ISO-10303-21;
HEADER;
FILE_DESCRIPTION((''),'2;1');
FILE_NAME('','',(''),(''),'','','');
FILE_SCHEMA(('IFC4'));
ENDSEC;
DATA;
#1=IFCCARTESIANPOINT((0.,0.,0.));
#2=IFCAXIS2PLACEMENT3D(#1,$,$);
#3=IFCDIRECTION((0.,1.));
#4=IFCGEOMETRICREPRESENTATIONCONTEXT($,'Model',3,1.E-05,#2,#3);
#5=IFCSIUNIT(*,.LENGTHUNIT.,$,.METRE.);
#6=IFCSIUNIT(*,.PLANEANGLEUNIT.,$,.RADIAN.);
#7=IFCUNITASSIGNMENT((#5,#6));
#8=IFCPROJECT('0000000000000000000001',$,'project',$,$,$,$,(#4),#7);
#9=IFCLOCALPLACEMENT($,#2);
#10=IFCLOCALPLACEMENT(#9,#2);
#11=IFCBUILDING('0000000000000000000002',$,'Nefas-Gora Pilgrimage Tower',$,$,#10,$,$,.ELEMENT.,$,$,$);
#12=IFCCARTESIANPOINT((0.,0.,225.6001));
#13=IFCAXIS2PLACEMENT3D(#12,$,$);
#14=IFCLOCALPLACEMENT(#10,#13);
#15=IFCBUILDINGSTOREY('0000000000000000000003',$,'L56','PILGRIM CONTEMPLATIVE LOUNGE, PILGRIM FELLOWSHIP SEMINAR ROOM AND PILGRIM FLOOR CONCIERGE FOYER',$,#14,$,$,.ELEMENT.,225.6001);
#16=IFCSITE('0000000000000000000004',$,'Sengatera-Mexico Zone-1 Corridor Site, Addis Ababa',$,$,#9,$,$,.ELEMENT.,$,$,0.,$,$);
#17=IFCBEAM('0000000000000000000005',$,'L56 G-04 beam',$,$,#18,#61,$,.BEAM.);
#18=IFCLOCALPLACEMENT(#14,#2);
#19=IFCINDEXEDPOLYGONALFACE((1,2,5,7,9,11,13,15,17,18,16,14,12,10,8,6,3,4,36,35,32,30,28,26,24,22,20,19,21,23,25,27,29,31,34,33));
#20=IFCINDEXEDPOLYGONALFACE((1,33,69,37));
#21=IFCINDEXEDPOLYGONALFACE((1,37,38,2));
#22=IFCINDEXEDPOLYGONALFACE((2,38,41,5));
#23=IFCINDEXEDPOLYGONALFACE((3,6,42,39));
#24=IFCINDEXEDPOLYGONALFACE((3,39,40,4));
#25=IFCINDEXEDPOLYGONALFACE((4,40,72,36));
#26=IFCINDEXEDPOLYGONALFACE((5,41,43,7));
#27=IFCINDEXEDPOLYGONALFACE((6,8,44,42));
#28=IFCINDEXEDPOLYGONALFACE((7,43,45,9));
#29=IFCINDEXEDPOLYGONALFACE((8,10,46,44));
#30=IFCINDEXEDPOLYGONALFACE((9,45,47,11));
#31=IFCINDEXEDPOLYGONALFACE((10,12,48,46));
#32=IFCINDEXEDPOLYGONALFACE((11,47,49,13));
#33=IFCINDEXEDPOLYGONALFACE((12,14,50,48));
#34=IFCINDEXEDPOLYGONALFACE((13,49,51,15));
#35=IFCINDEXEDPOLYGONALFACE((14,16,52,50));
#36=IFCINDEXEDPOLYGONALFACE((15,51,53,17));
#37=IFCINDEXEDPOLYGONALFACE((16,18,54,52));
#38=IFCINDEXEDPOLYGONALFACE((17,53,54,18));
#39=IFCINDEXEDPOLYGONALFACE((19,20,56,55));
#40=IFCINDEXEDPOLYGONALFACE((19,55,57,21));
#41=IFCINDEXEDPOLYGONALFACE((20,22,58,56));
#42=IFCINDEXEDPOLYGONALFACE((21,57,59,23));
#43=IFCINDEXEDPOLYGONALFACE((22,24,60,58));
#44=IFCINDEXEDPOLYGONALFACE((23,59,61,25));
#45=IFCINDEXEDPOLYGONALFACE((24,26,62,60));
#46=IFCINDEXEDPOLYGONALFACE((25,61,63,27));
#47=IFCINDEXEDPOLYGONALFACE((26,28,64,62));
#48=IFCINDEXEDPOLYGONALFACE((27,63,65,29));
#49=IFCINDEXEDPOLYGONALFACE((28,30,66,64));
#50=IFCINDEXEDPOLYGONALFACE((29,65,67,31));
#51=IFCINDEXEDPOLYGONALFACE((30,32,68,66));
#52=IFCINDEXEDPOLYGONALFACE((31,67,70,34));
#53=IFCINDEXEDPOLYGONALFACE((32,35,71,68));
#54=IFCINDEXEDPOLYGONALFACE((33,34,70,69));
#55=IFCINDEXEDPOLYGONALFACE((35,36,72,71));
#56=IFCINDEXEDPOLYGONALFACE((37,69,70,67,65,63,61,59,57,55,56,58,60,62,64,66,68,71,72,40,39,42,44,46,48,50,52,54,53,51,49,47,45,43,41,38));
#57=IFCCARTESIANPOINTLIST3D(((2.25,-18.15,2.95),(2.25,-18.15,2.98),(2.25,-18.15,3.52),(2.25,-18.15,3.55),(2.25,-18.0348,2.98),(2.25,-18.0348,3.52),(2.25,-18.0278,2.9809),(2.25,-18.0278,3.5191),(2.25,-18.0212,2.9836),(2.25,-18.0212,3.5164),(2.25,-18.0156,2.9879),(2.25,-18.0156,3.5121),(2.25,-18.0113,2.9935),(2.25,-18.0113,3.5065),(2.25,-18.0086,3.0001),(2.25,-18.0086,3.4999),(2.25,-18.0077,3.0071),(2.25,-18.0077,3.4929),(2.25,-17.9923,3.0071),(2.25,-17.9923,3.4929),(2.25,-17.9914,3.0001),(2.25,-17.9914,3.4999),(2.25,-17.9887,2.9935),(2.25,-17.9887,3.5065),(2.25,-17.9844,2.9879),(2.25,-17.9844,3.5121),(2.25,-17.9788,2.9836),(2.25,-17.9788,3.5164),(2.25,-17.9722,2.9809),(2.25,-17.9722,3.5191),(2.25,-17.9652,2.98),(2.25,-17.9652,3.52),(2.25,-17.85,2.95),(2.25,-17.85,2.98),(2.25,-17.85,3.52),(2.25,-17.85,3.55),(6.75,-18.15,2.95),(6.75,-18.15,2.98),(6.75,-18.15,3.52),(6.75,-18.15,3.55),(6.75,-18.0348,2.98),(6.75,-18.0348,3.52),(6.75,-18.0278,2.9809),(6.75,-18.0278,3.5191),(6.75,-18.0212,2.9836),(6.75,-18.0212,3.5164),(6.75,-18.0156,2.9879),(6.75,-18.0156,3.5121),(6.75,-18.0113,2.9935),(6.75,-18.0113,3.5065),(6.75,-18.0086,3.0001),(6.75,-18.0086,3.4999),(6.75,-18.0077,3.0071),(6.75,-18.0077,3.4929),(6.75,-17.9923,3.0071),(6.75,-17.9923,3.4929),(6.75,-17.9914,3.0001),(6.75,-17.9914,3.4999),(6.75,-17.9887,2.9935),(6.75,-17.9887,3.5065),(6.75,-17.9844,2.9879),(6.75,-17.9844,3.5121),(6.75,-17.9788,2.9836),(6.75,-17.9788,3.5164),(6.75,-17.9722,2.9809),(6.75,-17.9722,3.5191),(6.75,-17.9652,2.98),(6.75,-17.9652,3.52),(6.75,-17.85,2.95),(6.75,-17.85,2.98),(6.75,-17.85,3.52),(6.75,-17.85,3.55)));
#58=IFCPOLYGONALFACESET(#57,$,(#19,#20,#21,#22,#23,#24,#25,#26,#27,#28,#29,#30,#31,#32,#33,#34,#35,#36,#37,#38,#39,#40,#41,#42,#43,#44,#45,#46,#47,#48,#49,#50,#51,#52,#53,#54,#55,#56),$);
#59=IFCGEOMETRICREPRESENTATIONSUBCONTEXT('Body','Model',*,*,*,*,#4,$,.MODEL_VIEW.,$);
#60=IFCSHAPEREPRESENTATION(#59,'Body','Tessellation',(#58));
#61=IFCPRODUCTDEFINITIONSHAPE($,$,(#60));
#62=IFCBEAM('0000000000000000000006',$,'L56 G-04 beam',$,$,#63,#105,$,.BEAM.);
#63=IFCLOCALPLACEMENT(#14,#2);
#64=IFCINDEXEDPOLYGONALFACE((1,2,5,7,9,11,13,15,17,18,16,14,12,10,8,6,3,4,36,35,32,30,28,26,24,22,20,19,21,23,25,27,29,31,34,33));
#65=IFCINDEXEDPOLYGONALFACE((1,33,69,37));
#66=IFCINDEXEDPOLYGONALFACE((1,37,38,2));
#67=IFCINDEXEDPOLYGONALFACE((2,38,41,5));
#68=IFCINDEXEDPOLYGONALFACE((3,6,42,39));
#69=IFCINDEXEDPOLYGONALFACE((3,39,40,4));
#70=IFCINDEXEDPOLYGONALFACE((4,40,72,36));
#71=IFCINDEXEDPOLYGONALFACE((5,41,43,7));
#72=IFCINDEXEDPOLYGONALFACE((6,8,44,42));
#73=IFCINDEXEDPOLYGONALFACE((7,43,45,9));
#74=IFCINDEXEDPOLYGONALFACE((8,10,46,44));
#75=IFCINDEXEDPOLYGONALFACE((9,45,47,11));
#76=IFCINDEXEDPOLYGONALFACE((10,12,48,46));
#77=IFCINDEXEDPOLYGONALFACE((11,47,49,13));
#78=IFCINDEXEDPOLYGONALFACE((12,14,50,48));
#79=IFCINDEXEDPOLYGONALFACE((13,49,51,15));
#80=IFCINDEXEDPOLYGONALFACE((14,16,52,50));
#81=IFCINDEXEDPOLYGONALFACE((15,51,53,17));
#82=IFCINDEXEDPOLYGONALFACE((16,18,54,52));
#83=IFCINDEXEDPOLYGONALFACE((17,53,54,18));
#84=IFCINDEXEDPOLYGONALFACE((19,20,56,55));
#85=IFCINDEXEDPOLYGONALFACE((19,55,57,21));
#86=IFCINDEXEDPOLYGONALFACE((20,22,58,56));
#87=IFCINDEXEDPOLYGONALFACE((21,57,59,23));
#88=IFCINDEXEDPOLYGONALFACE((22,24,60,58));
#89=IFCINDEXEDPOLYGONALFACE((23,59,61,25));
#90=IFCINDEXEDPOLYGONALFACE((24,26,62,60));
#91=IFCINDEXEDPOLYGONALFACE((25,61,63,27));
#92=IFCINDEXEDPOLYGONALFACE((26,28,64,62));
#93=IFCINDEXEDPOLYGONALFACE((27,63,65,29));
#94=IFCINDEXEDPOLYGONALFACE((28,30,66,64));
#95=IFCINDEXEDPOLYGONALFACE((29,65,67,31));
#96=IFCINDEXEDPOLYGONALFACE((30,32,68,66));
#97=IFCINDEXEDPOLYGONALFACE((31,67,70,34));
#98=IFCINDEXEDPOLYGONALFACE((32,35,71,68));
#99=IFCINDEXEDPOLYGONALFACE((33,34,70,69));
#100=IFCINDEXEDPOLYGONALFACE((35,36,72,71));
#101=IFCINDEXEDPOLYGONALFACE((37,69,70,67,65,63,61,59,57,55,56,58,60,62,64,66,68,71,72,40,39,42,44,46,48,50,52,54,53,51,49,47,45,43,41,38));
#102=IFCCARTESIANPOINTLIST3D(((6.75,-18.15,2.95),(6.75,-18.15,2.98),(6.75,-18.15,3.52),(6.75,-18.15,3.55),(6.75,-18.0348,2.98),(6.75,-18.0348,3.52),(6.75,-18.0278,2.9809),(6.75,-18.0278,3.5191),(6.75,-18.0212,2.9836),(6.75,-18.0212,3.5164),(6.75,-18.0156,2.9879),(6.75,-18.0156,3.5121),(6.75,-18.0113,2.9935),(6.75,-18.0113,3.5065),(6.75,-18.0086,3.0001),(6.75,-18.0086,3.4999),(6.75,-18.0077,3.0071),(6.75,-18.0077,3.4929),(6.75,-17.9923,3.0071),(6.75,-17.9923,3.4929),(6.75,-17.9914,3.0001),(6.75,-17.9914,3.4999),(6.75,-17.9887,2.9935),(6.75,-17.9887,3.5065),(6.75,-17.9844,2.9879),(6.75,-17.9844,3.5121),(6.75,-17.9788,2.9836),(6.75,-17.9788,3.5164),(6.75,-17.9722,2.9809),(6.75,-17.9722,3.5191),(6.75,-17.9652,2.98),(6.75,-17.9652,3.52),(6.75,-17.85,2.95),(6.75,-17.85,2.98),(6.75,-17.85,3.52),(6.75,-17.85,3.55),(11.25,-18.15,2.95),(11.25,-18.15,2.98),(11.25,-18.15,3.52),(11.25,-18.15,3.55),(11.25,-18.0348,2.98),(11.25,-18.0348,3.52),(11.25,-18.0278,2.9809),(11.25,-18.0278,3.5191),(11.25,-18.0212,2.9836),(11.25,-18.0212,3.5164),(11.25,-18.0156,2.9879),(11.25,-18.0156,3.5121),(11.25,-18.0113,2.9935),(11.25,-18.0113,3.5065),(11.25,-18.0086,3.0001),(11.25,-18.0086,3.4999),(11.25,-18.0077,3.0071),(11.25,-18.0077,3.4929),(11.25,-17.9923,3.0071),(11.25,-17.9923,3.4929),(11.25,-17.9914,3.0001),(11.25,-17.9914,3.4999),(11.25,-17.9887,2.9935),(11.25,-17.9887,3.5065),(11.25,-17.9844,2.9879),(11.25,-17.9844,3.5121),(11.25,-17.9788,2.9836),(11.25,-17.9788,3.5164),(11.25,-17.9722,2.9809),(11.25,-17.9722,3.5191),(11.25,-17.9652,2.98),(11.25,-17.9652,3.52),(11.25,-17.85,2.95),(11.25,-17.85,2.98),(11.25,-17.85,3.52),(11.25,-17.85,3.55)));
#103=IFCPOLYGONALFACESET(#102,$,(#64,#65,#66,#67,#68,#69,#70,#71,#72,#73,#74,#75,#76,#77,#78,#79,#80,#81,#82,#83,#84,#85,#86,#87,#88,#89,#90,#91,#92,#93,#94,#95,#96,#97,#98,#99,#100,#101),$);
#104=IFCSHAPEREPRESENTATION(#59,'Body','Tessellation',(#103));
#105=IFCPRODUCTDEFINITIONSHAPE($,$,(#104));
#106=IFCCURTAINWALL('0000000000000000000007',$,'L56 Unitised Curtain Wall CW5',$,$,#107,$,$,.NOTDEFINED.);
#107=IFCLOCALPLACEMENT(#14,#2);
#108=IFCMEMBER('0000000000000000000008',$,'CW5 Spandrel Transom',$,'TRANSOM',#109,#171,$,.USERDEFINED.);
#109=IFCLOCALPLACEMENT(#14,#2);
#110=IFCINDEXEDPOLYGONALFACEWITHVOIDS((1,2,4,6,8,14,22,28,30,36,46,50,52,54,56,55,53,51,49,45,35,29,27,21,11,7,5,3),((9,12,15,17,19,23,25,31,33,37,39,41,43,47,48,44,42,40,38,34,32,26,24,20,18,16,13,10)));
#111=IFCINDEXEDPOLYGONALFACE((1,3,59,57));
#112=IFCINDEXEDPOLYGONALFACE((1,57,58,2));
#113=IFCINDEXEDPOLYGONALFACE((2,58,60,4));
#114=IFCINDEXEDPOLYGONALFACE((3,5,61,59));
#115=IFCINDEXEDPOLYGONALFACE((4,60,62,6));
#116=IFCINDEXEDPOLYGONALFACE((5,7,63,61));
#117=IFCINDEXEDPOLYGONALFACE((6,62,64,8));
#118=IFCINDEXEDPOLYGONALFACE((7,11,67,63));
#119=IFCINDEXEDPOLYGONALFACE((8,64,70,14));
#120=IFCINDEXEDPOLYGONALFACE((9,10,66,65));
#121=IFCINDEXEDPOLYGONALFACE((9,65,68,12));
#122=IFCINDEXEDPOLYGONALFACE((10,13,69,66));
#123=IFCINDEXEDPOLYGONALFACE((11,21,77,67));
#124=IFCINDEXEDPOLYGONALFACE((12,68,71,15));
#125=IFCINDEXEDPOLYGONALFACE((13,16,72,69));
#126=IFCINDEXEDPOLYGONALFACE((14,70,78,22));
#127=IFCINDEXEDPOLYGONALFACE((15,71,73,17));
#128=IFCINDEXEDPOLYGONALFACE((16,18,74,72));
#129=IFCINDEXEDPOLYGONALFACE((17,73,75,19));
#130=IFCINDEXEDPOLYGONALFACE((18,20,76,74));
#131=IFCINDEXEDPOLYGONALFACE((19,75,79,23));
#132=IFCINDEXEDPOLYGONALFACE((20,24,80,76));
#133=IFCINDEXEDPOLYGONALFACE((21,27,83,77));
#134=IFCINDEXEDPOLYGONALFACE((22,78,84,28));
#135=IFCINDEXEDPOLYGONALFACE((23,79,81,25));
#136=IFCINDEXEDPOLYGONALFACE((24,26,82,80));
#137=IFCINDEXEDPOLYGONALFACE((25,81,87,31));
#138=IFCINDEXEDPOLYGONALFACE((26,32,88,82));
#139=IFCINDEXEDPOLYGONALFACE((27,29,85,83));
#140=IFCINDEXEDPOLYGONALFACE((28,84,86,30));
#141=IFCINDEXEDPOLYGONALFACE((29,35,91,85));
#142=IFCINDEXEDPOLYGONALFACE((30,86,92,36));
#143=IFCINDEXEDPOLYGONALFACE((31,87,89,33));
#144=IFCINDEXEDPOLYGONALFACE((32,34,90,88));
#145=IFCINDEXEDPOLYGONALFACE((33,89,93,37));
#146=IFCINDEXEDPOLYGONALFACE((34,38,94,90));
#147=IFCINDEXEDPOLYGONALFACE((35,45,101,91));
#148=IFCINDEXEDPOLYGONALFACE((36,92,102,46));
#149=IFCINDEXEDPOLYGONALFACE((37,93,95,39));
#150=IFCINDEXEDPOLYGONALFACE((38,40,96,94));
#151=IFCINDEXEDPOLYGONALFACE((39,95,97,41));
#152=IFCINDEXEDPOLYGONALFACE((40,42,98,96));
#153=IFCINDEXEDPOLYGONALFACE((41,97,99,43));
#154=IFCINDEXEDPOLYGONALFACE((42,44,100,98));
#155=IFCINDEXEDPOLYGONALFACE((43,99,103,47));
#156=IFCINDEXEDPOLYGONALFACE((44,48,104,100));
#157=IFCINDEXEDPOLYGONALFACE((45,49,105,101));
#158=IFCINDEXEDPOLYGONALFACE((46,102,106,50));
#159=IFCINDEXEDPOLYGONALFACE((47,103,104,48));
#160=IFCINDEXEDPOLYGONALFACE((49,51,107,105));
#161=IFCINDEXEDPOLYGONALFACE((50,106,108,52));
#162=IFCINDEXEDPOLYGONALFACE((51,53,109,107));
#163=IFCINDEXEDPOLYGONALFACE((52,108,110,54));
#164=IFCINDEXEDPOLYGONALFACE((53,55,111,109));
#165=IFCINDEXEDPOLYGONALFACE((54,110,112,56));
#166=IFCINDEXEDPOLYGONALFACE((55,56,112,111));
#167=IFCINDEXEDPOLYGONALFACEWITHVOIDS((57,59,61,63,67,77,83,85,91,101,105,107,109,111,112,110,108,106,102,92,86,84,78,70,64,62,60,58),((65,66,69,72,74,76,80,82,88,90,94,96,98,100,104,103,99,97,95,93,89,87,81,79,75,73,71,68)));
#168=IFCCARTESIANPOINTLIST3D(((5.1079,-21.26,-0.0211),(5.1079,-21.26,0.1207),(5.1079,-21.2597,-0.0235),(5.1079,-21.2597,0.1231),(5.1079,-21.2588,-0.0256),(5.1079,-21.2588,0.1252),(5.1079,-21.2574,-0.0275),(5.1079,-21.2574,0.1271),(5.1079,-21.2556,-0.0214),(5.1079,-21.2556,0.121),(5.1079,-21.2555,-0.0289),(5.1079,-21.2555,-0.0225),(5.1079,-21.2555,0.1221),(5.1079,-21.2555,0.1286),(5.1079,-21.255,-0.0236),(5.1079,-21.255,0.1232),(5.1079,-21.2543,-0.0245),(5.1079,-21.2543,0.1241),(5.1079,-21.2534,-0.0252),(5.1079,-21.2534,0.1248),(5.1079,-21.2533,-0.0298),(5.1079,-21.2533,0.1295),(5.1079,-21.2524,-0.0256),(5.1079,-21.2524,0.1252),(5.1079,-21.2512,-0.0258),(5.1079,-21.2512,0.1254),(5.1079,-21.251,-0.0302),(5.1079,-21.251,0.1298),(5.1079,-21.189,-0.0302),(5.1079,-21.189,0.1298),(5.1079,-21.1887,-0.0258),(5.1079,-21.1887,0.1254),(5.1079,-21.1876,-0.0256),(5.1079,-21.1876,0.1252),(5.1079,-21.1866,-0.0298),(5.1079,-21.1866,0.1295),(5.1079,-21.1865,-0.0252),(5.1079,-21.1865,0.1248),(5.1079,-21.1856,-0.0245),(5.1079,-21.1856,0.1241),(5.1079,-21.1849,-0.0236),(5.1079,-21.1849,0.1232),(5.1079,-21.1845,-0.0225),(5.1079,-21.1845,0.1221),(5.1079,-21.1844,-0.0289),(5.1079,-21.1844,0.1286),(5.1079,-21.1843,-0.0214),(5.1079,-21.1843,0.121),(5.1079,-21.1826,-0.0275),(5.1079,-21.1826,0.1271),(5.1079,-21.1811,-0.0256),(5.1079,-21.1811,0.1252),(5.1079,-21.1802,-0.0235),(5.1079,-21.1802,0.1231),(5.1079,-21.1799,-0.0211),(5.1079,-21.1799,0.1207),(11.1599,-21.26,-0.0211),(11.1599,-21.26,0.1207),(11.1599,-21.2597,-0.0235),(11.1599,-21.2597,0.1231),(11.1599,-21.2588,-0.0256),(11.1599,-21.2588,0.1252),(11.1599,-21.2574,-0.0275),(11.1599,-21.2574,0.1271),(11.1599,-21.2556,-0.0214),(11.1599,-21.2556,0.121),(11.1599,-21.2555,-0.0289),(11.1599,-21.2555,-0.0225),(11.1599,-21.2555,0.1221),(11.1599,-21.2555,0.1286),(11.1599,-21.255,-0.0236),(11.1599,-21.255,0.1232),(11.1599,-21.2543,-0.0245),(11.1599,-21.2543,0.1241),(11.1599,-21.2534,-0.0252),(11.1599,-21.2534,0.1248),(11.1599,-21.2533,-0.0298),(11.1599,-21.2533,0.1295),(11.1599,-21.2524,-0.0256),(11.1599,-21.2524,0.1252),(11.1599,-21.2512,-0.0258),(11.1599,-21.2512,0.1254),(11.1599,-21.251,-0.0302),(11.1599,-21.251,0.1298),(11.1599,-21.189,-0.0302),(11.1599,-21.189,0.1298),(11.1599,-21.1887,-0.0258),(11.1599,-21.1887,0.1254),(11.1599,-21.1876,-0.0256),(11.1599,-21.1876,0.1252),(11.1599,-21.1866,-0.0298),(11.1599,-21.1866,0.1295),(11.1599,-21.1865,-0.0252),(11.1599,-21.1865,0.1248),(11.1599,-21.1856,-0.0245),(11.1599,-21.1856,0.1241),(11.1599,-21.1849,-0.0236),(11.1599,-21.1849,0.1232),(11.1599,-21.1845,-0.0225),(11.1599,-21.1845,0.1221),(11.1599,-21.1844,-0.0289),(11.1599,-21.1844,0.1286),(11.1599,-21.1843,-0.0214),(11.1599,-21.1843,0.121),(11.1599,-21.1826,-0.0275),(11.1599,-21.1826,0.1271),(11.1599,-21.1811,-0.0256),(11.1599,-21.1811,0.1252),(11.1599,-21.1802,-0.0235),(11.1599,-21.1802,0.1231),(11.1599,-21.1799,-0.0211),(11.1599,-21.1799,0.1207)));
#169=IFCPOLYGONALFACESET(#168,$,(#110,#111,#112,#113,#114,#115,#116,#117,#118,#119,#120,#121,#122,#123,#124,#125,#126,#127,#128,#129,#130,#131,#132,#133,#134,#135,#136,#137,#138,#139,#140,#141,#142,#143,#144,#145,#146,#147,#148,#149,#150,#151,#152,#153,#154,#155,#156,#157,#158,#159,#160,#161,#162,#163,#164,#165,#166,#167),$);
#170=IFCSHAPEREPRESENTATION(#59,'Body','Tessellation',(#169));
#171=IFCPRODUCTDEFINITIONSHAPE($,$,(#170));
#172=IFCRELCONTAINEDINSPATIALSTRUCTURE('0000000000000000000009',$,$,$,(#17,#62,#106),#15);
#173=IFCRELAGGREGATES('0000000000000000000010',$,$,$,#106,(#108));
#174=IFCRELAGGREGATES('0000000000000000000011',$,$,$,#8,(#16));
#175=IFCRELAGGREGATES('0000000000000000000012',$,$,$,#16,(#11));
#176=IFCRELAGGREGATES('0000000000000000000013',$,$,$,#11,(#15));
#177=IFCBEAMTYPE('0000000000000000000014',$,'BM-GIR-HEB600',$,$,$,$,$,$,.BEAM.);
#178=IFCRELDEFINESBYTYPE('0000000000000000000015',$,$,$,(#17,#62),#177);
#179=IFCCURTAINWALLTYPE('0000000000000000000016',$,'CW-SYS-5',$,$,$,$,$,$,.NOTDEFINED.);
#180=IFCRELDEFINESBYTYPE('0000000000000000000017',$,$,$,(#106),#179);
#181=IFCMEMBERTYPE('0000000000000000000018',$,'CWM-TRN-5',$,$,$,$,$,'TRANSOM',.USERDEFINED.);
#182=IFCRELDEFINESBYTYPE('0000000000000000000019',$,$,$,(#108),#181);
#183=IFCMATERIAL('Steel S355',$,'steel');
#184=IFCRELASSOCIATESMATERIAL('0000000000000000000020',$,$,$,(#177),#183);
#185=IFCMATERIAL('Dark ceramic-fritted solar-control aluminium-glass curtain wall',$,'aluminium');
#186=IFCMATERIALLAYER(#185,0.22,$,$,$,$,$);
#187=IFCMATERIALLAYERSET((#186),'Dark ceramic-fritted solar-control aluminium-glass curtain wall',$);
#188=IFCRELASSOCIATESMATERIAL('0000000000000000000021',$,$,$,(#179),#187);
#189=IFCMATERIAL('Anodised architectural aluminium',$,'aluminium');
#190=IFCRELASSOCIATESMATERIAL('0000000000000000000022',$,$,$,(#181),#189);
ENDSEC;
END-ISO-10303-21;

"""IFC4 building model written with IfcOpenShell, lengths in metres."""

from ifc_helpers import new_model, si_unit, direction, frame, origin, origin_2d, place, context, subcontext, project, spatial, hollow_rectangle, i_section, extrude, source, transform, mapped, material, layer, layer_set, material_profile, profile_set, type_object, element, aggregate, save


model = new_model("IFC4")

# Units and contexts
model_context = context("Model", 3, precision=1e-05, world=origin(), true_north=direction((0.0, 1.0)))
body_context = subcontext(model_context, "Body", "Model", "MODEL_VIEW")
ifc_project = project(units=[si_unit("LENGTHUNIT", "METRE"), si_unit("PLANEANGLEUNIT", "RADIAN")], contexts=[model_context])

# Site, building, storey
site_placement = place(None, origin())
site = spatial("IfcSite", under=ifc_project, at=site_placement, Name="Sengatera-Mexico Zone-1 Corridor Site, Addis Ababa", CompositionType="ELEMENT", RefElevation=0.0)
building_placement = place(site_placement, origin())
building = spatial("IfcBuilding", under=site, at=building_placement, Name="Nefas-Gora Pilgrimage Tower", CompositionType="ELEMENT")
storey_placement = place(building_placement, frame((0.0, 0.0, 225.6001)))
storey = spatial("IfcBuildingStorey", under=building, at=storey_placement, Name="L56", Description="PILGRIM CONTEMPLATIVE LOUNGE, PILGRIM FELLOWSHIP SEMINAR ROOM AND PILGRIM FLOOR CONCIERGE FOYER", CompositionType="ELEMENT", Elevation=225.6001)

# Beams
ifc_material_1 = material(Name="Steel S355", Category="steel")
ifc_material_profile_1 = material_profile(ifc_material_1, i_section(OverallWidth=0.3, OverallDepth=0.6001, WebThickness=0.0154, FlangeThickness=0.03, FilletRadius=0.0271, at=origin_2d()), Name="HEB 600")
ifc_profile_set_1 = profile_set([ifc_material_profile_1], Name="Steel S355")
beam_type = type_object("IfcBeamType", Name="BM-GIR-HEB600", PredefinedType="BEAM", material=ifc_profile_set_1)
shared_shape_1 = source(origin(), body_context, "Body", "SweptSolid", [
    extrude(i_section(OverallWidth=0.3, OverallDepth=0.6001, WebThickness=0.0154, FlangeThickness=0.03, FilletRadius=0.0271, at=origin_2d()), origin(), (0.0, 0.0, 1.0), 4.5),
])
for number, where, z_axis, x_axis, name in (
    (1, (2.25, -18.0, 3.25), (1.0, 0.0, 0.0), (0.0, 1.0, 0.0), "L56 G-04 beam"),
    (2, (6.75, -18.0, 3.25), (1.0, 0.0, 0.0), (0.0, 1.0, 0.0), "L56 G-04 beam"),
):
    element("IfcBeam", number, at=place(storey_placement, frame(where, z_axis=z_axis, x_axis=x_axis)), inside=storey, type_object=beam_type, Name=name, PredefinedType="BEAM", context=body_context, shape_type="MappedRepresentation", body=[
        mapped(shared_shape_1, transform((0.0, 0.0, 0.0), x_axis=(1.0, 0.0, 0.0), y_axis=(0.0, 1.0, 0.0), z_axis=(0.0, 0.0, 1.0), scale=1.0)),
    ])

# Curtain wall, member
ifc_material_2 = material(Name="Dark ceramic-fritted solar-control aluminium-glass curtain wall", Category="aluminium")
ifc_layer_1 = layer(ifc_material_2, 0.22)
ifc_layer_set_1 = layer_set([ifc_layer_1], Name="Dark ceramic-fritted solar-control aluminium-glass curtain wall")
curtain_wall_type = type_object("IfcCurtainWallType", Name="CW-SYS-5", PredefinedType="NOTDEFINED", material=ifc_layer_set_1)
curtain_wall_1_placement = place(storey_placement, origin())
curtain_wall_1 = element("IfcCurtainWall", 3, at=curtain_wall_1_placement, inside=storey, type_object=curtain_wall_type, Name="L56 Unitised Curtain Wall CW5", PredefinedType="NOTDEFINED")
ifc_material_3 = material(Name="Anodised architectural aluminium", Category="aluminium")
ifc_material_profile_2 = material_profile(ifc_material_3, hollow_rectangle(XDim=0.0801, YDim=0.1599, WallThickness=0.0044, InnerFilletRadius=0.0044, OuterFilletRadius=0.009, at=origin_2d()), Name="ALU TRANSOM 80x160")
ifc_profile_set_2 = profile_set([ifc_material_profile_2], Name="Anodised architectural aluminium")
member_type_1 = type_object("IfcMemberType", Name="CWM-TRN-5", ElementType="TRANSOM", PredefinedType="USERDEFINED", material=ifc_profile_set_2)
shared_shape_2 = source(origin(), body_context, "Body", "SweptSolid", [
    extrude(hollow_rectangle(XDim=0.0801, YDim=0.1599, WallThickness=0.0044, InnerFilletRadius=0.0044, OuterFilletRadius=0.009, at=origin_2d()), origin(), (0.0, 0.0, 1.0), 6.052),
])
member_1_placement = place(storey_placement, frame((5.1079, -21.22, 0.0498), z_axis=(1.0, 0.0, 0.0), x_axis=(0.0, 1.0, 0.0)))
member_1 = element("IfcMember", 4, at=member_1_placement, type_object=member_type_1, Name="CW5 Spandrel Transom", ObjectType="TRANSOM", PredefinedType="USERDEFINED", context=body_context, shape_type="MappedRepresentation", body=[
    mapped(shared_shape_2, transform((0.0, 0.0, 0.0), x_axis=(1.0, 0.0, 0.0), y_axis=(0.0, 1.0, 0.0), z_axis=(0.0, 0.0, 1.0), scale=1.0)),
])

aggregate(curtain_wall_1, [member_1])

save(model, "model.ifc")
